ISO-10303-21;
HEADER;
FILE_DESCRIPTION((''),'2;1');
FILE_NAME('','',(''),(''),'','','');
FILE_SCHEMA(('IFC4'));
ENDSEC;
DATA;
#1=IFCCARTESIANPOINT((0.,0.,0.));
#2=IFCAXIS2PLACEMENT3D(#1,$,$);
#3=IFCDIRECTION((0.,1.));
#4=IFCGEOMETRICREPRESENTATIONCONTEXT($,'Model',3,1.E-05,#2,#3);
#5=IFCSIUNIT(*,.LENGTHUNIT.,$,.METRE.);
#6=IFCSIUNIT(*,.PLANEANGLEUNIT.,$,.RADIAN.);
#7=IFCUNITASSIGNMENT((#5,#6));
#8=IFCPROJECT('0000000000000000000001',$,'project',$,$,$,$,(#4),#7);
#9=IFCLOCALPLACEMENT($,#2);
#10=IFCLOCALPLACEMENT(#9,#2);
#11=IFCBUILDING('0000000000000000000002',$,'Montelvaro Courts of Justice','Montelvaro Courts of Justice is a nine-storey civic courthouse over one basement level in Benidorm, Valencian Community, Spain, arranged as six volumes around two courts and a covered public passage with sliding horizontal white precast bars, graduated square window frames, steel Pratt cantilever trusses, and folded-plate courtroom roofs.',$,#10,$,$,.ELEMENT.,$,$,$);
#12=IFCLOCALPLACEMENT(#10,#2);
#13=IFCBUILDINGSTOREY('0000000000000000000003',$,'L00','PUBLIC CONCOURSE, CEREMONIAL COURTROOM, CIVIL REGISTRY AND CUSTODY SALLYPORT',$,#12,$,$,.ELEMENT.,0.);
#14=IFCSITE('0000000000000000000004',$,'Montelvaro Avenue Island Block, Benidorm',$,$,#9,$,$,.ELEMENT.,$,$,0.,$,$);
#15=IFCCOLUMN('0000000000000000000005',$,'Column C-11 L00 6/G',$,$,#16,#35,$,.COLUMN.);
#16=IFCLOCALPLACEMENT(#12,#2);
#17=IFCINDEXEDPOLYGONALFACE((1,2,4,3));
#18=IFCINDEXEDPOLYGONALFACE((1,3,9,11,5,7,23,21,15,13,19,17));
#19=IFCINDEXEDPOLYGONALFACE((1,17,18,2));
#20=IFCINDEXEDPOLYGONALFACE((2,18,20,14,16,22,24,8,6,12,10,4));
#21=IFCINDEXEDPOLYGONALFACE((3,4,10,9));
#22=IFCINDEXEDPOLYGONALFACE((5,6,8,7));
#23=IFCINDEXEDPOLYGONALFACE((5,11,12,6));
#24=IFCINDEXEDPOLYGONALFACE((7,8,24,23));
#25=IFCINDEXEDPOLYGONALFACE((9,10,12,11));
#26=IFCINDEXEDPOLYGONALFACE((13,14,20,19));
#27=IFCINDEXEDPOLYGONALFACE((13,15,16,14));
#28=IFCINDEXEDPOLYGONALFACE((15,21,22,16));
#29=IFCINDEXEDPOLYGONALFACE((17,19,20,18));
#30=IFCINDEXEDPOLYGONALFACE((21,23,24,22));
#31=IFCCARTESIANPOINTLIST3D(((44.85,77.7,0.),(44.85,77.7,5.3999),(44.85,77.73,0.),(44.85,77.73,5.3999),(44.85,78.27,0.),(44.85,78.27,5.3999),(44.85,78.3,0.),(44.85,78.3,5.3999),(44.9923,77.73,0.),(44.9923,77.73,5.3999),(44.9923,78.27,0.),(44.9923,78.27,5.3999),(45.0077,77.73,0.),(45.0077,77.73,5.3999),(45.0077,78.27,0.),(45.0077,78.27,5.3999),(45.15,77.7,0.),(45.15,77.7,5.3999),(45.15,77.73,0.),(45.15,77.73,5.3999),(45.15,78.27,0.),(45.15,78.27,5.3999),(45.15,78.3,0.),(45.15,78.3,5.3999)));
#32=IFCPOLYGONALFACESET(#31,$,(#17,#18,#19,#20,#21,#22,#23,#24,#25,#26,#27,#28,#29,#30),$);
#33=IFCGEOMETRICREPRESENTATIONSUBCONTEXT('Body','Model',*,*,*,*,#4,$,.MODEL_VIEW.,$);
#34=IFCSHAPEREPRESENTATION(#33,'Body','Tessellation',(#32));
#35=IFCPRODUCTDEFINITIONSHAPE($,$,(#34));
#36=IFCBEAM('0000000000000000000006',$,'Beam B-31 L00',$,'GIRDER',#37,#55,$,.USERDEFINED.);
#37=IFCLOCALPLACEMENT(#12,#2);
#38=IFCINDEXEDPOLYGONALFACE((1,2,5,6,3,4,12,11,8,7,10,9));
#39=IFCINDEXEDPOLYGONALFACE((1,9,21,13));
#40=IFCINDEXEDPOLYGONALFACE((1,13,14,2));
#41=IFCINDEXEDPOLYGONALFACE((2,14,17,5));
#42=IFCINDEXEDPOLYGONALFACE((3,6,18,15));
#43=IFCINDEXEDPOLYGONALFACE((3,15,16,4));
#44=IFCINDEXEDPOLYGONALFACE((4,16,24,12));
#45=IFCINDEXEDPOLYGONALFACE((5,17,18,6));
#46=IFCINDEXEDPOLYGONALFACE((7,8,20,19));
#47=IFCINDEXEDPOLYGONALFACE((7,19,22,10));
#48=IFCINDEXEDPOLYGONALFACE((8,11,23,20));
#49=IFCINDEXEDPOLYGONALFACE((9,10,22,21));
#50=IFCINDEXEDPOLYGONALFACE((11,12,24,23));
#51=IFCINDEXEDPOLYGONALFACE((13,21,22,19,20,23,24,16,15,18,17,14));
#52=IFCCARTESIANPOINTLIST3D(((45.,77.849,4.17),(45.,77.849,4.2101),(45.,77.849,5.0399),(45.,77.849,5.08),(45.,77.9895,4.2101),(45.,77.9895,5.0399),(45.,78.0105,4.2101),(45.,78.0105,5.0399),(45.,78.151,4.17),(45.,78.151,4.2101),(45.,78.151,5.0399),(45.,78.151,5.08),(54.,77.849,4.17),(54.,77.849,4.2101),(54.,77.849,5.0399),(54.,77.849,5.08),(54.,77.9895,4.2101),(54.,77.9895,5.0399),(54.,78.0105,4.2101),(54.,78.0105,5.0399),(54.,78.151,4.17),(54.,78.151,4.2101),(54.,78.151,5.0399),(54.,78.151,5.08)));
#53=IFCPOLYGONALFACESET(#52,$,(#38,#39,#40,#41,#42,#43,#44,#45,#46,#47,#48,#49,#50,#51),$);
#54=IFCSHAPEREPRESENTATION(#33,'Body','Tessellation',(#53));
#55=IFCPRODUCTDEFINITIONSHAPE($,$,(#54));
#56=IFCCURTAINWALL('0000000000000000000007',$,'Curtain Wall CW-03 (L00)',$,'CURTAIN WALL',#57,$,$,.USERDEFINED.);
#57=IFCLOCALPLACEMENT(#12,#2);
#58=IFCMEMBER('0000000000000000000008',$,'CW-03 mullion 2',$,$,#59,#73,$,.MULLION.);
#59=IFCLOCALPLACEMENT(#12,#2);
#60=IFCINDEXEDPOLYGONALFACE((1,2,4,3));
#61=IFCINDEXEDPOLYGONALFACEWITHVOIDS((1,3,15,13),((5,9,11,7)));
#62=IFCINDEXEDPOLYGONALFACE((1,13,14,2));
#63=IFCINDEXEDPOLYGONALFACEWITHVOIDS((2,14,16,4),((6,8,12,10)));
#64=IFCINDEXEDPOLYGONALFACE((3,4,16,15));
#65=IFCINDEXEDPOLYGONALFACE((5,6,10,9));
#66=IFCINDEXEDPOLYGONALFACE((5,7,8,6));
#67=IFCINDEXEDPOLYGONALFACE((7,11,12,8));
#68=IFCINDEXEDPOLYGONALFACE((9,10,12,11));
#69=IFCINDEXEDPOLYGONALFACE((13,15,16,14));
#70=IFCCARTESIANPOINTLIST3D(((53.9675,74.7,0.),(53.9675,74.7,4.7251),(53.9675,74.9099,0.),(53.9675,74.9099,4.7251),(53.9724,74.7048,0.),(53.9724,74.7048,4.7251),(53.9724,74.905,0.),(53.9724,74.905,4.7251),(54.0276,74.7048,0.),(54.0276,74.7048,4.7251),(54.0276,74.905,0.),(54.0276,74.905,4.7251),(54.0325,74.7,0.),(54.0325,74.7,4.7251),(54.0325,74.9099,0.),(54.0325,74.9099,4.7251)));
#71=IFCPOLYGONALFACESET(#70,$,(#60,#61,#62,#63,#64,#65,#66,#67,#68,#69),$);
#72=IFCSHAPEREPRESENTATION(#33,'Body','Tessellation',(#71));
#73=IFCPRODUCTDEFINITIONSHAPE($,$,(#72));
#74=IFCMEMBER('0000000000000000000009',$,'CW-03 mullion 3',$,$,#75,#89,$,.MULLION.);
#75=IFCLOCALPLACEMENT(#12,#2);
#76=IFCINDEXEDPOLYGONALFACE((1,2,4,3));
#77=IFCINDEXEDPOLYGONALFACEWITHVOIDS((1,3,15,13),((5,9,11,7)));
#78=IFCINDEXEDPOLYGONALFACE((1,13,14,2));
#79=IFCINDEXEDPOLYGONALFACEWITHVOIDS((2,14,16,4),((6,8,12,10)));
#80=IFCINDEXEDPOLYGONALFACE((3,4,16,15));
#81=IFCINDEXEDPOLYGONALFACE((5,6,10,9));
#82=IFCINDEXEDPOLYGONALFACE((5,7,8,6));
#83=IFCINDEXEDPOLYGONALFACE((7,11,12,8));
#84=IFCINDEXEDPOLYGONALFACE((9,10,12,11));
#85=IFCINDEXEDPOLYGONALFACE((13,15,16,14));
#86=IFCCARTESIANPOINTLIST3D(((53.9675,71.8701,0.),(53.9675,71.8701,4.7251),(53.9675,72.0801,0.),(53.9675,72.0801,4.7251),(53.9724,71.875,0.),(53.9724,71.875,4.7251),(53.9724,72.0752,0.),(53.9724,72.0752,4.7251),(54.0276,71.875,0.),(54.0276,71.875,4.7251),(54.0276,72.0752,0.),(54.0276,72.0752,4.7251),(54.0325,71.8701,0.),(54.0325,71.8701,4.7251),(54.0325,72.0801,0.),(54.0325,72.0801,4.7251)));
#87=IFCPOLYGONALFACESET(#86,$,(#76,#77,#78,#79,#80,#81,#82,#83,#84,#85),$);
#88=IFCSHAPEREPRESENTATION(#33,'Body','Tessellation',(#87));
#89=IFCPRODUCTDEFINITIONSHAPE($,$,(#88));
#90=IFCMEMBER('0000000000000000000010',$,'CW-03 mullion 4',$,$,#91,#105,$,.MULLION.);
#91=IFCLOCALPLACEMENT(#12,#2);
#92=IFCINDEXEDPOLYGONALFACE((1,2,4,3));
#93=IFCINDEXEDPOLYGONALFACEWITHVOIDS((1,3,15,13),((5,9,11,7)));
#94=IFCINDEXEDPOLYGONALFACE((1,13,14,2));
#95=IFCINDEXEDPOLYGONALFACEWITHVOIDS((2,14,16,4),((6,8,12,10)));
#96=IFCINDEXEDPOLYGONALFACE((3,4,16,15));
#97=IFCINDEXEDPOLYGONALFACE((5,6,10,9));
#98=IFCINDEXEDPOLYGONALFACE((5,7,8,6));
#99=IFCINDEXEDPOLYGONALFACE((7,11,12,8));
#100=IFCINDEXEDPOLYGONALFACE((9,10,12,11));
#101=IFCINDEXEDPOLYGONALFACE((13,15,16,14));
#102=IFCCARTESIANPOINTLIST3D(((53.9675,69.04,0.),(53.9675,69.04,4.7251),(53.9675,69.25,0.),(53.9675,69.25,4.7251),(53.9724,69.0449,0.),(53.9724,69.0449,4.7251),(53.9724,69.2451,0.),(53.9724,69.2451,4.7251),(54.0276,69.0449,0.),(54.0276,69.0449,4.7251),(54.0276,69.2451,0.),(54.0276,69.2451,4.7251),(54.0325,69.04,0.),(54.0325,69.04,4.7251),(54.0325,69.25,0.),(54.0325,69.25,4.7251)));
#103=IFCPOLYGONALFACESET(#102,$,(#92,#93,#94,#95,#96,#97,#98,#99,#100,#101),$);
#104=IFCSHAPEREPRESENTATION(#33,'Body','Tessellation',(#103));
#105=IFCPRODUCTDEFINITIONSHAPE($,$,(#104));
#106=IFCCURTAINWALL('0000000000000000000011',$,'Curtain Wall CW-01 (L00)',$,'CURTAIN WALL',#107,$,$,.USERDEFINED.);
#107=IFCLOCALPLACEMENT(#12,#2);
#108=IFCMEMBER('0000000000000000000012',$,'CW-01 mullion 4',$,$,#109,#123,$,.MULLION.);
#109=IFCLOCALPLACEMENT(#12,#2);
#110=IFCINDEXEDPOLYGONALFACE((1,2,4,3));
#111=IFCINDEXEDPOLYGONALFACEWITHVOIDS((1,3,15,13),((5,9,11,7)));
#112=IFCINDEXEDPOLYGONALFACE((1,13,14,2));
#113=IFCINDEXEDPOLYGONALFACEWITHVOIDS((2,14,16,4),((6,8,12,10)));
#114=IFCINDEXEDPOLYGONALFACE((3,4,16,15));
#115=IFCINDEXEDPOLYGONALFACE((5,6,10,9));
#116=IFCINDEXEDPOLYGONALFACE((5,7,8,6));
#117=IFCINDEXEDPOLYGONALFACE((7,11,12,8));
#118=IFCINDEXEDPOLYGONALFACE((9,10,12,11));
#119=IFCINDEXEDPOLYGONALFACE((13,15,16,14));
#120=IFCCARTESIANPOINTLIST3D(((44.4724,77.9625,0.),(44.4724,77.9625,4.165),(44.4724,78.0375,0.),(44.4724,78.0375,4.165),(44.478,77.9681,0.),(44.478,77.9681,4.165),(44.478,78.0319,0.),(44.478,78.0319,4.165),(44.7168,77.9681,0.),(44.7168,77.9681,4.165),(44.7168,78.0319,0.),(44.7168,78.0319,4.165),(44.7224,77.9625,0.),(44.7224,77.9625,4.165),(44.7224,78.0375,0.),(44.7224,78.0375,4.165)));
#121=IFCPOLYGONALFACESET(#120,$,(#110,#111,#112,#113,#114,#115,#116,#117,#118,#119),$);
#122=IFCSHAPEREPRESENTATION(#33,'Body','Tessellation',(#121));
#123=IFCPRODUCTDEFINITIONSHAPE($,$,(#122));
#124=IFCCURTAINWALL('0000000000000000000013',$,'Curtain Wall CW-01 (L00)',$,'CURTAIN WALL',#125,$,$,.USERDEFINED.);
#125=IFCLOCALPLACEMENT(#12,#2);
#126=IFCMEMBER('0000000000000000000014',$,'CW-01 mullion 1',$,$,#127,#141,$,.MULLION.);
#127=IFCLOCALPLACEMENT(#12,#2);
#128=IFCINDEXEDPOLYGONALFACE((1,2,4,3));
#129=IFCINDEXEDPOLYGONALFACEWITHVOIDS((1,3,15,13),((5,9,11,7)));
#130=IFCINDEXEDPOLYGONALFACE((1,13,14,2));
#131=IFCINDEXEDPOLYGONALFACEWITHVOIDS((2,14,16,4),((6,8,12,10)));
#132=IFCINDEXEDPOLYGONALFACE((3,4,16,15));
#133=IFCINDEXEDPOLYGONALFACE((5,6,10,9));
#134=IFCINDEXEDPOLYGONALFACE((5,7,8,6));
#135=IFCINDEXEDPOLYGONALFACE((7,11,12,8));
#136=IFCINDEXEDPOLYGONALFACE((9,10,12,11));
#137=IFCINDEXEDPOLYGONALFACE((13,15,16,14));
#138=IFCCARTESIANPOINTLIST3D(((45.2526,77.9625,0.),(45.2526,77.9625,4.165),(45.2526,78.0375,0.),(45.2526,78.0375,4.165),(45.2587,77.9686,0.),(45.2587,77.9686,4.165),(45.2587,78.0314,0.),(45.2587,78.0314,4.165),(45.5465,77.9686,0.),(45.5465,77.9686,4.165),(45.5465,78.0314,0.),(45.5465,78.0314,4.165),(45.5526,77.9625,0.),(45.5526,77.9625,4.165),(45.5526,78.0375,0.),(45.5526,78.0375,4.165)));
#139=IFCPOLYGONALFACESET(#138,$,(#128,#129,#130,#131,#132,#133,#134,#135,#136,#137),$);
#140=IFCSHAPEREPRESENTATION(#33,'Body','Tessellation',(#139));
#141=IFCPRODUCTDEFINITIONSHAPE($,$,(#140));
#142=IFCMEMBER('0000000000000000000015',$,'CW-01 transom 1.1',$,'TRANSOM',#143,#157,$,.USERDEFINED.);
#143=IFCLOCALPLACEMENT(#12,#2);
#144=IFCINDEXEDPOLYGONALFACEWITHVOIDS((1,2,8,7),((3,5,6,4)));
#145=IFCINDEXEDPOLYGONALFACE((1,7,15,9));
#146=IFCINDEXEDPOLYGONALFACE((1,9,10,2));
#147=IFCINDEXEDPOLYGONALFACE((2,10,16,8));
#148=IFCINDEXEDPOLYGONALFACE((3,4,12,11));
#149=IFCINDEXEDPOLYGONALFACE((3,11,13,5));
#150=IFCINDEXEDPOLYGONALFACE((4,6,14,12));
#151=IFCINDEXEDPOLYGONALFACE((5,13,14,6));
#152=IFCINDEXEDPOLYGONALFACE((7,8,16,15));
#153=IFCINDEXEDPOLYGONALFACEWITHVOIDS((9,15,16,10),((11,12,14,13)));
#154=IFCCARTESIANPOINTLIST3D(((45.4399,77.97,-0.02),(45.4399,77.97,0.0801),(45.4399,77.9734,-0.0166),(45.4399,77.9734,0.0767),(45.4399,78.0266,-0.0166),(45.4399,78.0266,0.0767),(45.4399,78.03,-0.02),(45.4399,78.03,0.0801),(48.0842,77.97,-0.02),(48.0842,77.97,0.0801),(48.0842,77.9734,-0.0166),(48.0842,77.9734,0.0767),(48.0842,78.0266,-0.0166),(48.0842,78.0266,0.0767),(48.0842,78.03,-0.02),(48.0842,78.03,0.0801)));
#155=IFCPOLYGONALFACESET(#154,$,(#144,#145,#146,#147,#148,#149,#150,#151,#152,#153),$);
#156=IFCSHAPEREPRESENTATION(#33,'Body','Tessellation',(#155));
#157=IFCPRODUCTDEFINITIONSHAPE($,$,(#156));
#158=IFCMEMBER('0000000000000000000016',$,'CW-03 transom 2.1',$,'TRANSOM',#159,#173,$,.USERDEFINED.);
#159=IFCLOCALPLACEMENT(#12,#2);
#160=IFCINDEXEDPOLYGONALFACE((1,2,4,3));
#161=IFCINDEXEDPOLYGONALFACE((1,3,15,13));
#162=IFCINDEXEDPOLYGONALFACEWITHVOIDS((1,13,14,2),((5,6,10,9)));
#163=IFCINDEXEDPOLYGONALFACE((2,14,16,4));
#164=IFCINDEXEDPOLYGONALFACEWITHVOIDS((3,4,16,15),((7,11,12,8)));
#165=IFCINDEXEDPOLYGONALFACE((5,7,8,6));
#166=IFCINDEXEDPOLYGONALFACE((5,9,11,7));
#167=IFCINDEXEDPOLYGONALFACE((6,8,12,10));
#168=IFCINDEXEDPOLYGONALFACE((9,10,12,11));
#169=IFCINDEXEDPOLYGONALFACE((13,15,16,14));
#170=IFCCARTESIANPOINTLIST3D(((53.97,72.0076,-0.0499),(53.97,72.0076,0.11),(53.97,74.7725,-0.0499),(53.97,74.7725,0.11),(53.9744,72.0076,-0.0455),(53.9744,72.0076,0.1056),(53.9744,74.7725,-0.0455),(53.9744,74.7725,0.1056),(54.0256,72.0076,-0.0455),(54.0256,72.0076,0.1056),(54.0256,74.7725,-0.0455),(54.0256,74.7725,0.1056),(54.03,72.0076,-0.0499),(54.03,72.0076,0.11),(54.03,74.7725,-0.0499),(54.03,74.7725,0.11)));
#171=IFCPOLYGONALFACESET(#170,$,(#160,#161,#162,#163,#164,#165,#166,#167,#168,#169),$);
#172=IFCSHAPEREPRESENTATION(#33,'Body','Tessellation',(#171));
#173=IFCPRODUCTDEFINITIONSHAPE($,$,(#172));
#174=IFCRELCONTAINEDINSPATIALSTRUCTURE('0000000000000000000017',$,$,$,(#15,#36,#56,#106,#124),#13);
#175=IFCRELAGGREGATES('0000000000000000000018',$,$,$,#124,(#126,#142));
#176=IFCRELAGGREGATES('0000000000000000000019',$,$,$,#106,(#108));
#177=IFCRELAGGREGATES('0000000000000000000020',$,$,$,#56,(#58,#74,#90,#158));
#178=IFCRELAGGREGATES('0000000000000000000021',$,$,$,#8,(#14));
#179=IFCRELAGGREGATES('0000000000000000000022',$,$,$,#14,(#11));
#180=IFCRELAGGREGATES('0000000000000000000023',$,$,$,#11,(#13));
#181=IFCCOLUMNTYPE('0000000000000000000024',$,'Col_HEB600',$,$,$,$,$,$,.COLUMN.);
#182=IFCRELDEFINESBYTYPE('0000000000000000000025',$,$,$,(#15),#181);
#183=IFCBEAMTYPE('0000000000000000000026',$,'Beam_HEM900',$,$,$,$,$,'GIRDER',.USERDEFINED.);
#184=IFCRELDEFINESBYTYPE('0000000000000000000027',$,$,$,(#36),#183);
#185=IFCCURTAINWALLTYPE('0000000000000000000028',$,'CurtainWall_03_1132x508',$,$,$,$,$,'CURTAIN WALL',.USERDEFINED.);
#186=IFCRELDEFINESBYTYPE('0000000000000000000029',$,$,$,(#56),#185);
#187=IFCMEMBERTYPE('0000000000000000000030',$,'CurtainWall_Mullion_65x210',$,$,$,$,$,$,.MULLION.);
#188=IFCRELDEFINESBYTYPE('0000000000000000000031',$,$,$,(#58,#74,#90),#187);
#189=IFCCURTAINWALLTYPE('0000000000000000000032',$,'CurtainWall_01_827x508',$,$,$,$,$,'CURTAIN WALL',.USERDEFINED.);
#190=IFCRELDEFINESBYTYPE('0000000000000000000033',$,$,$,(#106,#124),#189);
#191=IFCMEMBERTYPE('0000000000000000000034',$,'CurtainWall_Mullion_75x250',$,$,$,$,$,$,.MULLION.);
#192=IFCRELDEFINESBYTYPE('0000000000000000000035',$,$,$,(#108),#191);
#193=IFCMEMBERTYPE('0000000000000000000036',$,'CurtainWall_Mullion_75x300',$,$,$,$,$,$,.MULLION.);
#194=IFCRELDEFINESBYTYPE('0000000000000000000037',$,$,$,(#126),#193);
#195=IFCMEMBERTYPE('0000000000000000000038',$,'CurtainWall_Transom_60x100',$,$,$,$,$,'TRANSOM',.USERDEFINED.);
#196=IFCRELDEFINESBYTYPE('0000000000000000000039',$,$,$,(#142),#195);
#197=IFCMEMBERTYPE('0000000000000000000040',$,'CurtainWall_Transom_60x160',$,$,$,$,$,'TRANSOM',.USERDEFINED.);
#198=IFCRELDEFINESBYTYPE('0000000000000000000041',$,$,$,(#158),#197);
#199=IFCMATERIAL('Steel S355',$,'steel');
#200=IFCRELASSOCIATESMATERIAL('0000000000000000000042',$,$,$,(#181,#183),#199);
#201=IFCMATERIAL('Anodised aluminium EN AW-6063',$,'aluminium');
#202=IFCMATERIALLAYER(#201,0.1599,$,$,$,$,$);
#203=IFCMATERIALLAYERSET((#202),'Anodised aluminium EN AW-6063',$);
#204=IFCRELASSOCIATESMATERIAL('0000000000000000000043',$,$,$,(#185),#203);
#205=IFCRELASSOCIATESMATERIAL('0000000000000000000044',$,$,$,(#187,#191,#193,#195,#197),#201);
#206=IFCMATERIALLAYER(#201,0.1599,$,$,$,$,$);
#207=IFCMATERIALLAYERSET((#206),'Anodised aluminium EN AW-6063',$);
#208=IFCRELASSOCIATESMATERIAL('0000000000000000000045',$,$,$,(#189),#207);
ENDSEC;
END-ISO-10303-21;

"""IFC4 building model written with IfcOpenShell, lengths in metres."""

from ifc_helpers import new_model, si_unit, direction, frame, origin, origin_2d, place, context, subcontext, project, spatial, hollow_rectangle, i_section, extrude, material, layer, layer_set, material_profile, profile_set, type_object, element, aggregate, save


model = new_model("IFC4")

# Units and contexts
model_context = context("Model", 3, precision=1e-05, world=origin(), true_north=direction((0.0, 1.0)))
body_context = subcontext(model_context, "Body", "Model", "MODEL_VIEW")
ifc_project = project(units=[si_unit("LENGTHUNIT", "METRE"), si_unit("PLANEANGLEUNIT", "RADIAN")], contexts=[model_context])

# Site, building, storey
site_placement = place(None, origin())
site = spatial("IfcSite", under=ifc_project, at=site_placement, Name="Montelvaro Avenue Island Block, Benidorm", CompositionType="ELEMENT", RefElevation=0.0)
building_placement = place(site_placement, origin())
building = spatial("IfcBuilding", under=site, at=building_placement, Name="Montelvaro Courts of Justice", Description="Montelvaro Courts of Justice is a nine-storey civic courthouse over one basement level in Benidorm, Valencian Community, Spain, arranged as six volumes around two courts and a covered public passage with sliding horizontal white precast bars, graduated square window frames, steel Pratt cantilever trusses, and folded-plate courtroom roofs.", CompositionType="ELEMENT")
storey_placement = place(building_placement, origin())
storey = spatial("IfcBuildingStorey", under=building, at=storey_placement, Name="L00", Description="PUBLIC CONCOURSE, CEREMONIAL COURTROOM, CIVIL REGISTRY AND CUSTODY SALLYPORT", CompositionType="ELEMENT", Elevation=0.0)

# Column
ifc_material_1 = material(Name="Steel S355", Category="steel")
ifc_material_profile_1 = material_profile(ifc_material_1, i_section(OverallWidth=0.3, OverallDepth=0.6001, WebThickness=0.0154, FlangeThickness=0.03, at=origin_2d()), Name="HEB 600")
ifc_profile_set_1 = profile_set([ifc_material_profile_1], Name="Steel S355")
column_type = type_object("IfcColumnType", Name="Col_HEB600", PredefinedType="COLUMN", material=ifc_profile_set_1)
column_placement = place(storey_placement, frame((45.0, 78.0, 0.0), z_axis=(0.0, 0.0, 1.0), x_axis=(1.0, 0.0, 0.0)))
element("IfcColumn", 1, at=column_placement, inside=storey, type_object=column_type, Name="Column C-11 L00 6/G", PredefinedType="COLUMN", context=body_context, shape_type="SweptSolid", body=[
    extrude(i_section(OverallWidth=0.3, OverallDepth=0.6001, WebThickness=0.0154, FlangeThickness=0.03, at=origin_2d()), origin(), (0.0, 0.0, 1.0), 5.3999),
])

# Beam
ifc_material_profile_2 = material_profile(ifc_material_1, i_section(OverallWidth=0.302, OverallDepth=0.9099, WebThickness=0.021, FlangeThickness=0.04, at=origin_2d()), Name="HEM 900")
ifc_profile_set_2 = profile_set([ifc_material_profile_2], Name="Steel S355")
beam_type = type_object("IfcBeamType", Name="Beam_HEM900", ElementType="GIRDER", PredefinedType="USERDEFINED", material=ifc_profile_set_2)
beam_placement = place(storey_placement, frame((45.0, 78.0, 4.625), z_axis=(1.0, 0.0, 0.0), x_axis=(0.0, 1.0, 0.0)))
element("IfcBeam", 2, at=beam_placement, inside=storey, type_object=beam_type, Name="Beam B-31 L00", ObjectType="GIRDER", PredefinedType="USERDEFINED", context=body_context, shape_type="SweptSolid", body=[
    extrude(i_section(OverallWidth=0.302, OverallDepth=0.9099, WebThickness=0.021, FlangeThickness=0.04, at=origin_2d()), origin(), (0.0, 0.0, 1.0), 9.0),
])

# Curtain wall, members
ifc_material_2 = material(Name="Anodised aluminium EN AW-6063", Category="aluminium")
ifc_layer_1 = layer(ifc_material_2, 0.1599)
ifc_layer_set_1 = layer_set([ifc_layer_1], Name="Anodised aluminium EN AW-6063")
curtain_wall_type_1 = type_object("IfcCurtainWallType", Name="CurtainWall_03_1132x508", ElementType="CURTAIN WALL", PredefinedType="USERDEFINED", material=ifc_layer_set_1)
curtain_wall_1_placement = place(storey_placement, origin())
curtain_wall_1 = element("IfcCurtainWall", 3, at=curtain_wall_1_placement, inside=storey, type_object=curtain_wall_type_1, Name="Curtain Wall CW-03 (L00)", ObjectType="CURTAIN WALL", PredefinedType="USERDEFINED")
ifc_material_profile_3 = material_profile(ifc_material_2, hollow_rectangle(XDim=0.0649, YDim=0.21, WallThickness=0.0049, at=origin_2d()), Name="ALU-M 65x210")
ifc_profile_set_3 = profile_set([ifc_material_profile_3], Name="Anodised aluminium EN AW-6063")
member_type_1 = type_object("IfcMemberType", Name="CurtainWall_Mullion_65x210", PredefinedType="MULLION", material=ifc_profile_set_3)
member_1_placement = place(storey_placement, frame((54.0, 74.8049, 0.0), z_axis=(0.0, 0.0, 1.0), x_axis=(1.0, 0.0, 0.0)))
member_1 = element("IfcMember", 4, at=member_1_placement, type_object=member_type_1, Name="CW-03 mullion 2", PredefinedType="MULLION", context=body_context, shape_type="SweptSolid", body=[
    extrude(hollow_rectangle(XDim=0.0649, YDim=0.21, WallThickness=0.0049, at=origin_2d()), origin(), (0.0, 0.0, 1.0), 4.7251),
])
member_2_placement = place(storey_placement, frame((54.0, 71.9751, 0.0), z_axis=(0.0, 0.0, 1.0), x_axis=(1.0, 0.0, 0.0)))
member_2 = element("IfcMember", 5, at=member_2_placement, type_object=member_type_1, Name="CW-03 mullion 3", PredefinedType="MULLION", context=body_context, shape_type="SweptSolid", body=[
    extrude(hollow_rectangle(XDim=0.0649, YDim=0.21, WallThickness=0.0049, at=origin_2d()), origin(), (0.0, 0.0, 1.0), 4.7251),
])
member_3_placement = place(storey_placement, frame((54.0, 69.145, 0.0), z_axis=(0.0, 0.0, 1.0), x_axis=(1.0, 0.0, 0.0)))
member_3 = element("IfcMember", 6, at=member_3_placement, type_object=member_type_1, Name="CW-03 mullion 4", PredefinedType="MULLION", context=body_context, shape_type="SweptSolid", body=[
    extrude(hollow_rectangle(XDim=0.0649, YDim=0.21, WallThickness=0.0049, at=origin_2d()), origin(), (0.0, 0.0, 1.0), 4.7251),
])

# Curtain wall, member
ifc_layer_2 = layer(ifc_material_2, 0.1599)
ifc_layer_set_2 = layer_set([ifc_layer_2], Name="Anodised aluminium EN AW-6063")
curtain_wall_type_2 = type_object("IfcCurtainWallType", Name="CurtainWall_01_827x508", ElementType="CURTAIN WALL", PredefinedType="USERDEFINED", material=ifc_layer_set_2)
curtain_wall_2_placement = place(storey_placement, origin())
curtain_wall_2 = element("IfcCurtainWall", 7, at=curtain_wall_2_placement, inside=storey, type_object=curtain_wall_type_2, Name="Curtain Wall CW-01 (L00)", ObjectType="CURTAIN WALL", PredefinedType="USERDEFINED")
ifc_material_profile_4 = material_profile(ifc_material_2, hollow_rectangle(XDim=0.075, YDim=0.25, WallThickness=0.0056, at=origin_2d()), Name="ALU-M 75x250")
ifc_profile_set_4 = profile_set([ifc_material_profile_4], Name="Anodised aluminium EN AW-6063")
member_type_2 = type_object("IfcMemberType", Name="CurtainWall_Mullion_75x250", PredefinedType="MULLION", material=ifc_profile_set_4)
member_4_placement = place(storey_placement, frame((44.5974, 78.0, 0.0), z_axis=(0.0, 0.0, 1.0), x_axis=(0.0, 1.0, 0.0)))
member_4 = element("IfcMember", 8, at=member_4_placement, type_object=member_type_2, Name="CW-01 mullion 4", PredefinedType="MULLION", context=body_context, shape_type="SweptSolid", body=[
    extrude(hollow_rectangle(XDim=0.075, YDim=0.25, WallThickness=0.0056, at=origin_2d()), origin(), (0.0, 0.0, 1.0), 4.165),
])

# Curtain wall, members
curtain_wall_3_placement = place(storey_placement, origin())
curtain_wall_3 = element("IfcCurtainWall", 9, at=curtain_wall_3_placement, inside=storey, type_object=curtain_wall_type_2, Name="Curtain Wall CW-01 (L00)", ObjectType="CURTAIN WALL", PredefinedType="USERDEFINED")
ifc_material_profile_5 = material_profile(ifc_material_2, hollow_rectangle(XDim=0.075, YDim=0.3, WallThickness=0.0061, at=origin_2d()), Name="ALU-M 75x300")
ifc_profile_set_5 = profile_set([ifc_material_profile_5], Name="Anodised aluminium EN AW-6063")
member_type_3 = type_object("IfcMemberType", Name="CurtainWall_Mullion_75x300", PredefinedType="MULLION", material=ifc_profile_set_5)
member_5_placement = place(storey_placement, frame((45.4026, 78.0, 0.0), z_axis=(0.0, 0.0, 1.0), x_axis=(0.0, 1.0, 0.0)))
member_5 = element("IfcMember", 10, at=member_5_placement, type_object=member_type_3, Name="CW-01 mullion 1", PredefinedType="MULLION", context=body_context, shape_type="SweptSolid", body=[
    extrude(hollow_rectangle(XDim=0.075, YDim=0.3, WallThickness=0.0061, at=origin_2d()), origin(), (0.0, 0.0, 1.0), 4.165),
])
ifc_material_profile_6 = material_profile(ifc_material_2, hollow_rectangle(XDim=0.0601, YDim=0.1001, WallThickness=0.0034, at=origin_2d()), Name="ALU-T 60x100")
ifc_profile_set_6 = profile_set([ifc_material_profile_6], Name="Anodised aluminium EN AW-6063")
member_type_4 = type_object("IfcMemberType", Name="CurtainWall_Transom_60x100", ElementType="TRANSOM", PredefinedType="USERDEFINED", material=ifc_profile_set_6)
member_6_placement = place(storey_placement, frame((45.4399, 78.0, 0.03), z_axis=(1.0, 0.0, 0.0), x_axis=(0.0, 1.0, 0.0)))
member_6 = element("IfcMember", 11, at=member_6_placement, type_object=member_type_4, Name="CW-01 transom 1.1", ObjectType="TRANSOM", PredefinedType="USERDEFINED", context=body_context, shape_type="SweptSolid", body=[
    extrude(hollow_rectangle(XDim=0.0601, YDim=0.1001, WallThickness=0.0034, at=origin_2d()), origin(), (0.0, 0.0, 1.0), 2.6443),
])
aggregate(curtain_wall_3, [member_5, member_6])

# Member
ifc_material_profile_7 = material_profile(ifc_material_2, hollow_rectangle(XDim=0.0601, YDim=0.1599, WallThickness=0.0044, at=origin_2d()), Name="ALU-T 60x160")
ifc_profile_set_7 = profile_set([ifc_material_profile_7], Name="Anodised aluminium EN AW-6063")
member_type_5 = type_object("IfcMemberType", Name="CurtainWall_Transom_60x160", ElementType="TRANSOM", PredefinedType="USERDEFINED", material=ifc_profile_set_7)
member_7_placement = place(storey_placement, frame((54.0, 74.7725, 0.03), z_axis=(0.0, -1.0, 0.0), x_axis=(1.0, 0.0, 0.0)))
member_7 = element("IfcMember", 12, at=member_7_placement, type_object=member_type_5, Name="CW-03 transom 2.1", ObjectType="TRANSOM", PredefinedType="USERDEFINED", context=body_context, shape_type="SweptSolid", body=[
    extrude(hollow_rectangle(XDim=0.0601, YDim=0.1599, WallThickness=0.0044, at=origin_2d()), origin(), (0.0, 0.0, 1.0), 2.7649),
])

aggregate(curtain_wall_2, [member_4])
aggregate(curtain_wall_1, [member_1, member_2, member_3, member_7])

save(model, "model.ifc")
